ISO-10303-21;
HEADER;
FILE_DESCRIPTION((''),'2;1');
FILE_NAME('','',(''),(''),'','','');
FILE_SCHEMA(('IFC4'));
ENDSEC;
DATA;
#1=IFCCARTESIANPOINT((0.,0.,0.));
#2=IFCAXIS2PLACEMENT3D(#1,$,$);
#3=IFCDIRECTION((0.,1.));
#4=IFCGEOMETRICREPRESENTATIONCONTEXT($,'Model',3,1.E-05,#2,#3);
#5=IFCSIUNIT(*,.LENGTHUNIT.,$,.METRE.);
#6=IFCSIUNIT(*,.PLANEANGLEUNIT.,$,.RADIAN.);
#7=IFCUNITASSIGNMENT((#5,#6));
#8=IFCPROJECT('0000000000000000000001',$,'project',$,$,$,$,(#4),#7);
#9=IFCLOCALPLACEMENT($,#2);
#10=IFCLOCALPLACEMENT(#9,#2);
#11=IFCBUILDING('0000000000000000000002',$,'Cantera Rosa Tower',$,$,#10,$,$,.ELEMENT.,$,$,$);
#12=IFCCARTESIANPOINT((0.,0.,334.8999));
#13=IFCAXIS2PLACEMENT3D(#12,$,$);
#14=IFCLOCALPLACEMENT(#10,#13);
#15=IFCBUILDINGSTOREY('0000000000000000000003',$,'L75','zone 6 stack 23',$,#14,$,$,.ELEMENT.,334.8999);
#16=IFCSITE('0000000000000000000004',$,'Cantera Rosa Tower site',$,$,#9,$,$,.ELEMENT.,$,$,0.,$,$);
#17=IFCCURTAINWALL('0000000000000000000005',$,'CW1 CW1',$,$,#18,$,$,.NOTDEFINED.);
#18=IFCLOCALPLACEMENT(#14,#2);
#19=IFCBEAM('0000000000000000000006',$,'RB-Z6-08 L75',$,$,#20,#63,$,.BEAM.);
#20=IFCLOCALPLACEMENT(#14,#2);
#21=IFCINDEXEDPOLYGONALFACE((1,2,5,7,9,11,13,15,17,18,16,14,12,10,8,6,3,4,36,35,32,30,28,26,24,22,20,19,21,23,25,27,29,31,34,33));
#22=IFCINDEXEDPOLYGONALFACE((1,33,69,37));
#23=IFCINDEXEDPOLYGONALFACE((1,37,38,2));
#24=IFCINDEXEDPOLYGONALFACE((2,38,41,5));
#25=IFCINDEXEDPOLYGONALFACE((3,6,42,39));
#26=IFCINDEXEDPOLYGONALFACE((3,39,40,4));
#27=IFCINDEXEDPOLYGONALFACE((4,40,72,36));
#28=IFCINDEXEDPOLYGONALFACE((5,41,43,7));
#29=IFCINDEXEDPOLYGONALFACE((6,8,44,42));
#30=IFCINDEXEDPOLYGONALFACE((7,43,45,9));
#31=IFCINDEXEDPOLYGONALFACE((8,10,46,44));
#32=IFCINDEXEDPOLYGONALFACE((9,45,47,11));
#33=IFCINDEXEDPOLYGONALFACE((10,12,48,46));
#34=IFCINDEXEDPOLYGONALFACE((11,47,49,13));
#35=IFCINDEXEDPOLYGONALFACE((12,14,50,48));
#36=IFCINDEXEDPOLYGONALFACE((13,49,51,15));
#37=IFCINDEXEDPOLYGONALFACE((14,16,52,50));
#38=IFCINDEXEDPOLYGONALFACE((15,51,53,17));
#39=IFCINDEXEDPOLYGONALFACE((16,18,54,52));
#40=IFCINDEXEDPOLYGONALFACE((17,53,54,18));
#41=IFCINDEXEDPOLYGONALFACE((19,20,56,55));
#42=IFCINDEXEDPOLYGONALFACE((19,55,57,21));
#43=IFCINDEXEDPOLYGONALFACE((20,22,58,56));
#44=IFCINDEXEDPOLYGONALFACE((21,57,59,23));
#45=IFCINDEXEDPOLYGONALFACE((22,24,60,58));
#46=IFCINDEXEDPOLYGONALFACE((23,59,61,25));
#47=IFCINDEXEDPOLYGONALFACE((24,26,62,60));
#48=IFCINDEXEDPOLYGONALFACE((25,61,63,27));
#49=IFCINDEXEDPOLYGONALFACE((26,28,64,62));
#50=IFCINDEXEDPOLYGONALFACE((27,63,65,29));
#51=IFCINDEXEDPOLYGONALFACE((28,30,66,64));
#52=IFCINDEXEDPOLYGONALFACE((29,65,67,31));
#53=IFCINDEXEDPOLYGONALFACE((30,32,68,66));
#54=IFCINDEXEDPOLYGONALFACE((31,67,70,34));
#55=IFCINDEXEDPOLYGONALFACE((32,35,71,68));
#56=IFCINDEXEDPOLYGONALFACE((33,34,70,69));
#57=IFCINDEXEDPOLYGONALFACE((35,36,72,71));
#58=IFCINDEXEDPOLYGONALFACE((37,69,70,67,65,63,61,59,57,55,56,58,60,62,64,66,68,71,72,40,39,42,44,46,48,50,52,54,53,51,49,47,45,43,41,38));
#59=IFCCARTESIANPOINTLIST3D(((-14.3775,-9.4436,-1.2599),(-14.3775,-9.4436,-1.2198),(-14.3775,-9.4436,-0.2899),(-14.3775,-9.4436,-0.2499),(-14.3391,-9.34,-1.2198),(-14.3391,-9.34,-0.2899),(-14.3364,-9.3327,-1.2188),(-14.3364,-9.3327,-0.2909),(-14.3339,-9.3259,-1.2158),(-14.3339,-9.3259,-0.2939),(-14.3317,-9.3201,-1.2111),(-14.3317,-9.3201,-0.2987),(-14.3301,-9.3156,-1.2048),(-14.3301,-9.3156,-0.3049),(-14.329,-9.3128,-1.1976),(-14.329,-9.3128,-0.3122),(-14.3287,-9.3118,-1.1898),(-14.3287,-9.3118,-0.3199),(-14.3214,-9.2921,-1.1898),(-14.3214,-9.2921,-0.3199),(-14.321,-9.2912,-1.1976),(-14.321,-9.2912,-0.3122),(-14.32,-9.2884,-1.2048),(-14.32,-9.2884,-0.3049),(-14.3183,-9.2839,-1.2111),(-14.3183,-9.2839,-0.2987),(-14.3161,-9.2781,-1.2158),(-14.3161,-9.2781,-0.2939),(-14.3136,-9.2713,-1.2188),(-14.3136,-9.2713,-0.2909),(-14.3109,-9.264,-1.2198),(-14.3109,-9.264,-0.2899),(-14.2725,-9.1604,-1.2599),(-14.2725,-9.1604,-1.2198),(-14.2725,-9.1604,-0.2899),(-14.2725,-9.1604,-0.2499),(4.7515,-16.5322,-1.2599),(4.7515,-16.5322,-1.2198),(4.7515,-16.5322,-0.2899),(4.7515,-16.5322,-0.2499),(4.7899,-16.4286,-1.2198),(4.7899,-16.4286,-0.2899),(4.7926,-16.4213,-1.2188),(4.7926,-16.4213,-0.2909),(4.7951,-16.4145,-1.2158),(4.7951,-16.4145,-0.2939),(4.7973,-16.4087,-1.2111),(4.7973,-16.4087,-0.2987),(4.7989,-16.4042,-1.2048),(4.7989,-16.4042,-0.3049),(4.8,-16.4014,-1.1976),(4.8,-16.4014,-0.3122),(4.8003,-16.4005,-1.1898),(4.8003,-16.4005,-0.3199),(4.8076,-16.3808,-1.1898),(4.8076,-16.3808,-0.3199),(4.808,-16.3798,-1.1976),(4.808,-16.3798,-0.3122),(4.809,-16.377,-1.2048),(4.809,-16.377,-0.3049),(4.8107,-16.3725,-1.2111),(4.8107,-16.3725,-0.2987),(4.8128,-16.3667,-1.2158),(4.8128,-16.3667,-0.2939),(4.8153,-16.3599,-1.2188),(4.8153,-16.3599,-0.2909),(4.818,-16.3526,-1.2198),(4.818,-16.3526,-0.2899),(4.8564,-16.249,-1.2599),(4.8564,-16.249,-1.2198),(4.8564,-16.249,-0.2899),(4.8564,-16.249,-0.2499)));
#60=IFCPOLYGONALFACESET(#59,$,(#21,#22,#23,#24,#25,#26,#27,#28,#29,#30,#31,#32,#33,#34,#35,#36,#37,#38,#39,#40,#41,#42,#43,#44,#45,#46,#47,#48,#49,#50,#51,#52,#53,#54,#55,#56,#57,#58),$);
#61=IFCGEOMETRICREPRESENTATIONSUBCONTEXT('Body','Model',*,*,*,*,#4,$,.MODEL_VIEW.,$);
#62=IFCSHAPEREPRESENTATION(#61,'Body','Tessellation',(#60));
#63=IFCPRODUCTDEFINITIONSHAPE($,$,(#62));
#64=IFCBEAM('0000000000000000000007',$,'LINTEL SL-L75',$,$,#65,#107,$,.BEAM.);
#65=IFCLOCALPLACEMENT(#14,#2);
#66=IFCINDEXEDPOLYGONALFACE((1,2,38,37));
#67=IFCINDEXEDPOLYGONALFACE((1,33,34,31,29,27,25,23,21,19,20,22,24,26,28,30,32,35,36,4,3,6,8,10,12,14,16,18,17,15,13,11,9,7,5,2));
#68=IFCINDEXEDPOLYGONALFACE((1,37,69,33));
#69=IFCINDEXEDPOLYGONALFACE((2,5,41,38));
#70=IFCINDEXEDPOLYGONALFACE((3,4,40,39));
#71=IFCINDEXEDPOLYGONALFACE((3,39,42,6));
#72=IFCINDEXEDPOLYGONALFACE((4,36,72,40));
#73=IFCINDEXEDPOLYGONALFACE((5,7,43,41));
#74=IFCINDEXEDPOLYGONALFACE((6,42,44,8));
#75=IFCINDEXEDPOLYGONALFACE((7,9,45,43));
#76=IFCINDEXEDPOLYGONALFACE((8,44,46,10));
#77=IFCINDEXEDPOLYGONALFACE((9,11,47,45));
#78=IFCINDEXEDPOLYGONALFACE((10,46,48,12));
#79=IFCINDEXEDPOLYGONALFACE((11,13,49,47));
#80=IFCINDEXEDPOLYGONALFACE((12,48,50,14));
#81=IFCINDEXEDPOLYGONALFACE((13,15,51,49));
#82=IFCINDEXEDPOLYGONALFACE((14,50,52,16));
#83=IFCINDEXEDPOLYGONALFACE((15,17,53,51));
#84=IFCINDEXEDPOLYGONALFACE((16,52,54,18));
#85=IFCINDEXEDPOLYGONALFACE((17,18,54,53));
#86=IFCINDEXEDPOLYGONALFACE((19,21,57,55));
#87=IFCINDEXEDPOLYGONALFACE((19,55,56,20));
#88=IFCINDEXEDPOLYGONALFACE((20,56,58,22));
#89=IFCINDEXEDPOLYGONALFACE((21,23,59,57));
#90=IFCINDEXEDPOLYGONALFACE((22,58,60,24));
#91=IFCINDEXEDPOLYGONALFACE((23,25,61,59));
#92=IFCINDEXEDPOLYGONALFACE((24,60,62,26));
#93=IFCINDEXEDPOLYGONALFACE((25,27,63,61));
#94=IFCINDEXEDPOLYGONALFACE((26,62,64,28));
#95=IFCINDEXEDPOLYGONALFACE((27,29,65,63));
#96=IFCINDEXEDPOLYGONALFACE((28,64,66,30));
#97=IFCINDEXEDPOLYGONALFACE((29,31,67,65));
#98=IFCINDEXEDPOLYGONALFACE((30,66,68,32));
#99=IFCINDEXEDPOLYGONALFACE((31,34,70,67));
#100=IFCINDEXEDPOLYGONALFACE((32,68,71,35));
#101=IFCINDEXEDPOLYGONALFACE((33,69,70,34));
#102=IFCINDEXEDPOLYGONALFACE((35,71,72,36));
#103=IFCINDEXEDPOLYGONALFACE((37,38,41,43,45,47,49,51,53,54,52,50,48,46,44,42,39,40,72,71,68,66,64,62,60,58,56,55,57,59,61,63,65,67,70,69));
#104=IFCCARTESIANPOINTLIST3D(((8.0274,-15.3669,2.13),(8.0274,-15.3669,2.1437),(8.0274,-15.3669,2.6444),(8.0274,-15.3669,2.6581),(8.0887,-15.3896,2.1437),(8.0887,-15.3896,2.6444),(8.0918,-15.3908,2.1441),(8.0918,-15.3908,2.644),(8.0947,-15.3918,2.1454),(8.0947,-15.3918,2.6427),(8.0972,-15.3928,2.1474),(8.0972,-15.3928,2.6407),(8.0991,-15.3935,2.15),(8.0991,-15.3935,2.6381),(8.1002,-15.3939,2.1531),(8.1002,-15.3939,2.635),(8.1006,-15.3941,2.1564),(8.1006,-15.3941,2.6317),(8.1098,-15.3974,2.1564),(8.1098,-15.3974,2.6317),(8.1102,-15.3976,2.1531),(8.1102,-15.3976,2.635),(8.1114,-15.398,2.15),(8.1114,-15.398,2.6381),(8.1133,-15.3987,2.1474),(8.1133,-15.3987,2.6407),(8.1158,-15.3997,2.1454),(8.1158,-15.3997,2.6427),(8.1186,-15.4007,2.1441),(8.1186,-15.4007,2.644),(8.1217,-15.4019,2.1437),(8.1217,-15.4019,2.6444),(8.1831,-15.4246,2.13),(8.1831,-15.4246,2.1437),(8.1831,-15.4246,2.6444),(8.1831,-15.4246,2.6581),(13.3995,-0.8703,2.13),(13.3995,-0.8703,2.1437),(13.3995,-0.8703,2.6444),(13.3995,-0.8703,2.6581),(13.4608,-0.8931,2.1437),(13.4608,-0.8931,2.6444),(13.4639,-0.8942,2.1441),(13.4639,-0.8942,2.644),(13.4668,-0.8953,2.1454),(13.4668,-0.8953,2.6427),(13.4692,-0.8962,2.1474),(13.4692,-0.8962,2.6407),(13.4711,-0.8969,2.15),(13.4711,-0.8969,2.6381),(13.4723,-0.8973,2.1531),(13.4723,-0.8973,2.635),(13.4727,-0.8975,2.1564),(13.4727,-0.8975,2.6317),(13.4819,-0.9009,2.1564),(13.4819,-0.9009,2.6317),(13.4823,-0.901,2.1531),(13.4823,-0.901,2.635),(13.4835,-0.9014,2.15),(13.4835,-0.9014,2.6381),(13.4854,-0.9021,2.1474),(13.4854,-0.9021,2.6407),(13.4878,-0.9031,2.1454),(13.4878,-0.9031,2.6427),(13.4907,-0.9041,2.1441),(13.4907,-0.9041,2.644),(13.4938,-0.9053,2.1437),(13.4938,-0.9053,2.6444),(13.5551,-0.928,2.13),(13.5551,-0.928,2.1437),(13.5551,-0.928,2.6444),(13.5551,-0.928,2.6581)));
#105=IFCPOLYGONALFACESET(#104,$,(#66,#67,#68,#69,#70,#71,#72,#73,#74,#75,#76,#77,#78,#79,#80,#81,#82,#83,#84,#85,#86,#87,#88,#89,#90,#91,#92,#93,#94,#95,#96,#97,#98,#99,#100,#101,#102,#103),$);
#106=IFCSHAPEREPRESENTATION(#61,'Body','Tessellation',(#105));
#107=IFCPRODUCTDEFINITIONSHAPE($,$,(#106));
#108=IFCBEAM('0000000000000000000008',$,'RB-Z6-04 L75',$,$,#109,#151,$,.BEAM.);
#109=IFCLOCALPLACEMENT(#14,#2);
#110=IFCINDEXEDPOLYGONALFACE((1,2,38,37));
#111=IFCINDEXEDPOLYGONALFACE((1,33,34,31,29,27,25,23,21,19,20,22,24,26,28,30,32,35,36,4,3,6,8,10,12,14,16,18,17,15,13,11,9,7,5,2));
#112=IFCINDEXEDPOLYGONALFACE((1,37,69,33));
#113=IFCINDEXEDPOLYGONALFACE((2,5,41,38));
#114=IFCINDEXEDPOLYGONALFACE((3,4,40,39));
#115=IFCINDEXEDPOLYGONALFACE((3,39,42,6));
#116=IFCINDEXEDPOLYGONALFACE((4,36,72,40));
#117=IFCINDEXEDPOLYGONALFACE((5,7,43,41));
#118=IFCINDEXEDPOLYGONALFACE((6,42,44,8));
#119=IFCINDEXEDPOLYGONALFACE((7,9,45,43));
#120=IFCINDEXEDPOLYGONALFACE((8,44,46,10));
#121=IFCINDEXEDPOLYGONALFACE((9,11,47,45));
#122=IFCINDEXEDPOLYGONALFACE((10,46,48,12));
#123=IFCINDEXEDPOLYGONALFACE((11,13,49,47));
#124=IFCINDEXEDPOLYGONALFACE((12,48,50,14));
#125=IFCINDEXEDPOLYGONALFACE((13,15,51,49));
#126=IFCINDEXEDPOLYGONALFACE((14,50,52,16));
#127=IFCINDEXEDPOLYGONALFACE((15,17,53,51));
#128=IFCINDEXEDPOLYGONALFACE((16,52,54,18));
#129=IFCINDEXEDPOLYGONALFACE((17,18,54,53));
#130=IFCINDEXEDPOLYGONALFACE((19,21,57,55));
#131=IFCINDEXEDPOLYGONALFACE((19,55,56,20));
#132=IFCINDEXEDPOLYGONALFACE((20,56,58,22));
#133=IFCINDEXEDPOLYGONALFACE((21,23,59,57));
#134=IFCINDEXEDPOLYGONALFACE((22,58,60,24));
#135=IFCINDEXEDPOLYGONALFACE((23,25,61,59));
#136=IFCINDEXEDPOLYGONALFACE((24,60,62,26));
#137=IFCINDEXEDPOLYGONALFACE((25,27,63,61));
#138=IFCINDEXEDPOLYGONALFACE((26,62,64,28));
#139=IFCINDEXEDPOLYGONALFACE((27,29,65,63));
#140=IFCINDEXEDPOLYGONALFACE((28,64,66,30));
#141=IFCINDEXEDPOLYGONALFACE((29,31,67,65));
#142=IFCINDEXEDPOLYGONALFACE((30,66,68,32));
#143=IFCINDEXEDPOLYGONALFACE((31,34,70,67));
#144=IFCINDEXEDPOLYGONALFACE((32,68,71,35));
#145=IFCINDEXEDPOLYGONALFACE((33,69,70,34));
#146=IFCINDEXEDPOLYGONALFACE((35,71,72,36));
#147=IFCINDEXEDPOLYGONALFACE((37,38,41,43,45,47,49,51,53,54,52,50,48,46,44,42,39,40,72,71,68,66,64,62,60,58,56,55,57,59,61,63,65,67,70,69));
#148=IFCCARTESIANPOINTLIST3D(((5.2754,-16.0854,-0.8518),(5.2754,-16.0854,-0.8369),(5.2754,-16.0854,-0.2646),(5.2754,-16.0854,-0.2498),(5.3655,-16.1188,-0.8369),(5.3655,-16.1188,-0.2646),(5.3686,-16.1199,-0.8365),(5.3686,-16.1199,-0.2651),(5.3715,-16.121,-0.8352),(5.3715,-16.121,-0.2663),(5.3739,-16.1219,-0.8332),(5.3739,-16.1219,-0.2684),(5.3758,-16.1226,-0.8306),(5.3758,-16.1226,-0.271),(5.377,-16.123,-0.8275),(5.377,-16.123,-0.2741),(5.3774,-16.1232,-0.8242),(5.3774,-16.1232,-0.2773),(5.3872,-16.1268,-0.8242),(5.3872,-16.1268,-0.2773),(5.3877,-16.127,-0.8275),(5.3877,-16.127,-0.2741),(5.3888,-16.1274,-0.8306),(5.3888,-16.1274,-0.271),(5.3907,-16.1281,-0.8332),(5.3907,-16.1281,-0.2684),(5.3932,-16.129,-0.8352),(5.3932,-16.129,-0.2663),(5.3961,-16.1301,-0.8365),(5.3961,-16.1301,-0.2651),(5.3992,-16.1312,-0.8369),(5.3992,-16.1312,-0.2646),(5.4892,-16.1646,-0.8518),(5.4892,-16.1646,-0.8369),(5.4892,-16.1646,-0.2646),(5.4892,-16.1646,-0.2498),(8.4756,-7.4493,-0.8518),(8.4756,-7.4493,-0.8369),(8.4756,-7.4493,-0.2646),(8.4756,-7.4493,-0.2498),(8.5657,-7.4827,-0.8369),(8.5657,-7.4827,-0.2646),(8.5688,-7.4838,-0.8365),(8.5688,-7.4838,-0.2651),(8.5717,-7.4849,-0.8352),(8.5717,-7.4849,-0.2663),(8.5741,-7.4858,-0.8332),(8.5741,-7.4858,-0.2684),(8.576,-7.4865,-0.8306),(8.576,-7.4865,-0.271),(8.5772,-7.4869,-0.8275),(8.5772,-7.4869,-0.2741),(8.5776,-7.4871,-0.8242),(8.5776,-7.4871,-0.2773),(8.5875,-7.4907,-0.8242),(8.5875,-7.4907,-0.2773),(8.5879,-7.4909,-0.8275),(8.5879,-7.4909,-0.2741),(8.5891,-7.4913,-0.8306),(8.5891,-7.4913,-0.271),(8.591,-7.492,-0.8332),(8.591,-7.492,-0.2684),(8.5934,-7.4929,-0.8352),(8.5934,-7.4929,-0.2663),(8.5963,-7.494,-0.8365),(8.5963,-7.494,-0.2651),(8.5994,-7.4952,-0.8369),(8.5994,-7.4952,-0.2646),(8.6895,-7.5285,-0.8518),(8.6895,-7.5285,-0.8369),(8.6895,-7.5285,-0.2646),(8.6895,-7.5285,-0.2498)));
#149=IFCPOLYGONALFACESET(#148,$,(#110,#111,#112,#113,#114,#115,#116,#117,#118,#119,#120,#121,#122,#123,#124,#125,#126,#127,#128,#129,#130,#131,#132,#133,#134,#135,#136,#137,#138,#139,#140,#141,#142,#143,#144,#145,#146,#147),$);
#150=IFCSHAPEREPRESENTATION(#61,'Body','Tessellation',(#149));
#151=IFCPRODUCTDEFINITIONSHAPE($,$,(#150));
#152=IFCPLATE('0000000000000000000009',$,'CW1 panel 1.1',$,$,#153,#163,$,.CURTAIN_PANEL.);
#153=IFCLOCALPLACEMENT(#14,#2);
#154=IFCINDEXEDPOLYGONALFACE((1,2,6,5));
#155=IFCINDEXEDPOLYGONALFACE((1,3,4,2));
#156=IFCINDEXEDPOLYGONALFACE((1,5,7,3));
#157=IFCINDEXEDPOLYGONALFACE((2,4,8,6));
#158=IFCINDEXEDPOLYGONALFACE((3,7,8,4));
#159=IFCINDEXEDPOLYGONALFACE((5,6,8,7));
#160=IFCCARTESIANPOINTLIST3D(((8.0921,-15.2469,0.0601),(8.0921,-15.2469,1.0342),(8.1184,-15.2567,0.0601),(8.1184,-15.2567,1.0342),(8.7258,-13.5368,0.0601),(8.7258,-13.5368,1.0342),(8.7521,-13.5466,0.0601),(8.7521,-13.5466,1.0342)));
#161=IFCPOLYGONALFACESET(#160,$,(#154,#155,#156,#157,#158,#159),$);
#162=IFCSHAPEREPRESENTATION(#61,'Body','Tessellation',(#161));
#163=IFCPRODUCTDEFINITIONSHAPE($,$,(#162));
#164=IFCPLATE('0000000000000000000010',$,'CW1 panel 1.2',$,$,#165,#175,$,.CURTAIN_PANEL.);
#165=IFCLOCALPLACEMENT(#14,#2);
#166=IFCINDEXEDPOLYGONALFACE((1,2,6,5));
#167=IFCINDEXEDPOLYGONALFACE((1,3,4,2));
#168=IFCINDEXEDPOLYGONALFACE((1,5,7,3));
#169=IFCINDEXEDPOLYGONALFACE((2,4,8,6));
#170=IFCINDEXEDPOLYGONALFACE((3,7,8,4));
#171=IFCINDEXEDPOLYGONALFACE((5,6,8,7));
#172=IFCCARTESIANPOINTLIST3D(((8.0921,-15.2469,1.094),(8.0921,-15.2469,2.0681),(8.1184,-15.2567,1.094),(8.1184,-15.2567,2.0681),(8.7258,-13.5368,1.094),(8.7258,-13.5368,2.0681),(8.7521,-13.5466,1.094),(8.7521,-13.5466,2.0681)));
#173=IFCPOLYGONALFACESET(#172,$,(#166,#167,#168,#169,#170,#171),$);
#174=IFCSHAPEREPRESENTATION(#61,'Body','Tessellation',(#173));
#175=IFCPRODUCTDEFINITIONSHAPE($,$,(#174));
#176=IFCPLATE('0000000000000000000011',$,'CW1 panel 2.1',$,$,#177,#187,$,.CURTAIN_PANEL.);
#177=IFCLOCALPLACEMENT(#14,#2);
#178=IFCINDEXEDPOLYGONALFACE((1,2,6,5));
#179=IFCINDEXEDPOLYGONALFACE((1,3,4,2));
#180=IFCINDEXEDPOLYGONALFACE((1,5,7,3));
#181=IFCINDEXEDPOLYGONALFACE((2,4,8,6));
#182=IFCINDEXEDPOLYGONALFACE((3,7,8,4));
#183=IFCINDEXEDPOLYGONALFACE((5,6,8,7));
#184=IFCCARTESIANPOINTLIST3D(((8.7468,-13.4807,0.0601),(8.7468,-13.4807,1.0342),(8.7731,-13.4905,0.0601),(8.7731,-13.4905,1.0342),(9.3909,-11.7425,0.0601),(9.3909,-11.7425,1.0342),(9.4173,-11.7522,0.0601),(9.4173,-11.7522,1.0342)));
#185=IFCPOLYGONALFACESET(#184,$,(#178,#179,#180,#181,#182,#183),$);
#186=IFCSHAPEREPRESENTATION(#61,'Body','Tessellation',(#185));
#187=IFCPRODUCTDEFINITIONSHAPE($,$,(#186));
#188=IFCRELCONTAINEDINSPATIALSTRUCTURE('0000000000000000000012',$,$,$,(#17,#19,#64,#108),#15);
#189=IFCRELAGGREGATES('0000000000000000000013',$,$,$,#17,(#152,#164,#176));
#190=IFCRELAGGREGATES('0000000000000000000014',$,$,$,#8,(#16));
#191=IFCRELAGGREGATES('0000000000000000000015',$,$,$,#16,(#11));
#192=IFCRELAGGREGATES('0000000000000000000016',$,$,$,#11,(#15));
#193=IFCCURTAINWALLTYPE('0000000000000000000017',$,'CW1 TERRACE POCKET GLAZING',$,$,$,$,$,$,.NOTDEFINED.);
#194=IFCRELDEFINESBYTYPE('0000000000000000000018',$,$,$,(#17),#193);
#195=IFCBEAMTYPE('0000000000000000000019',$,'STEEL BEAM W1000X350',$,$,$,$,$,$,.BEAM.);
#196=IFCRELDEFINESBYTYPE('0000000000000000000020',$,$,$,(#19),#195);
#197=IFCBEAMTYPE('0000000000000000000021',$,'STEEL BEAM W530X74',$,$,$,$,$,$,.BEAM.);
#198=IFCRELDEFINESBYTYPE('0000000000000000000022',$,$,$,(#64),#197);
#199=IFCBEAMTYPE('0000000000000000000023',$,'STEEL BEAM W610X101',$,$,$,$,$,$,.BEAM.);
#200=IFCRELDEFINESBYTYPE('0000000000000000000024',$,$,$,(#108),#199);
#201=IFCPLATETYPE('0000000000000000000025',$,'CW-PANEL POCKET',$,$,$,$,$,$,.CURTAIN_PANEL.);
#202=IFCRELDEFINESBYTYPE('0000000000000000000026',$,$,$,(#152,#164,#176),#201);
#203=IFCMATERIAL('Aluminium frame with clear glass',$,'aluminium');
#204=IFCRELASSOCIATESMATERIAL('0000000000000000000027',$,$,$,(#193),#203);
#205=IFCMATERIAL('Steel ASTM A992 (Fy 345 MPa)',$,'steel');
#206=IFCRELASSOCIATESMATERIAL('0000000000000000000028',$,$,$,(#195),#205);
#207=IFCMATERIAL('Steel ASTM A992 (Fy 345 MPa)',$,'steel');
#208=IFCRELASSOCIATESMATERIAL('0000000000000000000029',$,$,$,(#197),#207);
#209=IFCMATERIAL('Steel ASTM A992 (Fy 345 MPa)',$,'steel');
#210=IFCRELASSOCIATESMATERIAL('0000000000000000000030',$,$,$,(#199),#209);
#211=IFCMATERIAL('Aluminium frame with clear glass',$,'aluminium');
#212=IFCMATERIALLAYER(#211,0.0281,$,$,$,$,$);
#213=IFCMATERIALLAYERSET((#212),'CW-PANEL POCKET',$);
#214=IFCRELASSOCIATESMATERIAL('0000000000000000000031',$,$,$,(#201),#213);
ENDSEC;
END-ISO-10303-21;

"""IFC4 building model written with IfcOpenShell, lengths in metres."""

from ifc_helpers import new_model, si_unit, direction, frame, origin, origin_2d, place, context, subcontext, project, spatial, rectangle, i_section, extrude, material, layer, layer_set, material_profile, profile_set, type_object, element, aggregate, save


model = new_model("IFC4")

# Units and contexts
model_context = context("Model", 3, precision=1e-05, world=origin(), true_north=direction((0.0, 1.0)))
body_context = subcontext(model_context, "Body", "Model", "MODEL_VIEW")
ifc_project = project(units=[si_unit("LENGTHUNIT", "METRE"), si_unit("PLANEANGLEUNIT", "RADIAN")], contexts=[model_context])

# Site, building, storey
site_placement = place(None, origin())
site = spatial("IfcSite", under=ifc_project, at=site_placement, Name="Cantera Rosa Tower site", CompositionType="ELEMENT", RefElevation=0.0)
building_placement = place(site_placement, origin())
building = spatial("IfcBuilding", under=site, at=building_placement, Name="Cantera Rosa Tower", CompositionType="ELEMENT")
storey_placement = place(building_placement, frame((0.0, 0.0, 334.8999)))
storey = spatial("IfcBuildingStorey", under=building, at=storey_placement, Name="L75", Description="zone 6 stack 23", CompositionType="ELEMENT", Elevation=334.8999)

# Curtain wall
ifc_material_1 = material(Name="Aluminium frame with clear glass", Category="aluminium")
curtain_wall_type = type_object("IfcCurtainWallType", Name="CW1 TERRACE POCKET GLAZING", PredefinedType="NOTDEFINED", material=ifc_material_1)
curtain_wall_placement = place(storey_placement, origin())
curtain_wall = element("IfcCurtainWall", 1, at=curtain_wall_placement, inside=storey, type_object=curtain_wall_type, Name="CW1 CW1", PredefinedType="NOTDEFINED")

# Beams
ifc_material_2 = material(Name="Steel ASTM A992 (Fy 345 MPa)", Category="steel")
ifc_material_profile_1 = material_profile(ifc_material_2, i_section(OverallWidth=0.302, OverallDepth=1.01, WebThickness=0.021, FlangeThickness=0.04, FilletRadius=0.03, at=origin_2d()), Name="W1000X350")
ifc_profile_set_1 = profile_set([ifc_material_profile_1], Name="Steel ASTM A992 (Fy 345 MPa)")
beam_type_1 = type_object("IfcBeamType", Name="STEEL BEAM W1000X350", PredefinedType="BEAM", material=ifc_profile_set_1)
beam_1_placement = place(storey_placement, frame((4.804, -16.3906, -0.7549), z_axis=(-0.937687, 0.34748, 0.0), x_axis=(-0.34748, -0.937687, 0.0)))
element("IfcBeam", 2, at=beam_1_placement, inside=storey, type_object=beam_type_1, Name="RB-Z6-08 L75", PredefinedType="BEAM", context=body_context, shape_type="SweptSolid", body=[
    extrude(i_section(OverallWidth=0.302, OverallDepth=1.01, WebThickness=0.021, FlangeThickness=0.04, FilletRadius=0.03, at=origin_2d()), origin(), (0.0, 0.0, 1.0), 20.4001),
])
ifc_material_3 = material(Name="Steel ASTM A992 (Fy 345 MPa)", Category="steel")
ifc_material_profile_2 = material_profile(ifc_material_3, i_section(OverallWidth=0.166, OverallDepth=0.5281, WebThickness=0.0098, FlangeThickness=0.0137, FilletRadius=0.0127, at=origin_2d()), Name="W530X74")
ifc_profile_set_2 = profile_set([ifc_material_profile_2], Name="Steel ASTM A992 (Fy 345 MPa)")
beam_type_2 = type_object("IfcBeamType", Name="STEEL BEAM W530X74", PredefinedType="BEAM", material=ifc_profile_set_2)
beam_2_placement = place(storey_placement, frame((8.1052, -15.3958, 2.394), z_axis=(0.347483, 0.937686, 0.0), x_axis=(-0.937686, 0.347483, 0.0)))
element("IfcBeam", 3, at=beam_2_placement, inside=storey, type_object=beam_type_2, Name="LINTEL SL-L75", PredefinedType="BEAM", context=body_context, shape_type="SweptSolid", body=[
    extrude(i_section(OverallWidth=0.166, OverallDepth=0.5281, WebThickness=0.0098, FlangeThickness=0.0137, FilletRadius=0.0127, at=origin_2d()), origin(), (0.0, 0.0, 1.0), 15.46),
])
ifc_material_4 = material(Name="Steel ASTM A992 (Fy 345 MPa)", Category="steel")
ifc_material_profile_3 = material_profile(ifc_material_4, i_section(OverallWidth=0.228, OverallDepth=0.6021, WebThickness=0.0105, FlangeThickness=0.0149, FilletRadius=0.0127, at=origin_2d()), Name="W610X101")
ifc_profile_set_3 = profile_set([ifc_material_profile_3], Name="Steel ASTM A992 (Fy 345 MPa)")
beam_type_3 = type_object("IfcBeamType", Name="STEEL BEAM W610X101", PredefinedType="BEAM", material=ifc_profile_set_3)
beam_3_placement = place(storey_placement, frame((5.3823, -16.125, -0.5508), z_axis=(0.347475, 0.937689, 0.0), x_axis=(-0.937689, 0.347475, 0.0)))
element("IfcBeam", 4, at=beam_3_placement, inside=storey, type_object=beam_type_3, Name="RB-Z6-04 L75", PredefinedType="BEAM", context=body_context, shape_type="SweptSolid", body=[
    extrude(i_section(OverallWidth=0.228, OverallDepth=0.6021, WebThickness=0.0105, FlangeThickness=0.0149, FilletRadius=0.0127, at=origin_2d()), origin(), (0.0, 0.0, 1.0), 9.21),
])

# Plates
ifc_material_5 = material(Name="Aluminium frame with clear glass", Category="aluminium")
ifc_layer_1 = layer(ifc_material_5, 0.0281)
ifc_layer_set_1 = layer_set([ifc_layer_1], Name="CW-PANEL POCKET")
plate_type = type_object("IfcPlateType", Name="CW-PANEL POCKET", PredefinedType="CURTAIN_PANEL", material=ifc_layer_set_1)
plate_1_placement = place(storey_placement, frame((8.4221, -14.3967, 0.0601), z_axis=(0.0, 0.0, 1.0), x_axis=(0.347481, 0.937687, 0.0)))
plate_1 = element("IfcPlate", 5, at=plate_1_placement, type_object=plate_type, Name="CW1 panel 1.1", PredefinedType="CURTAIN_PANEL", context=body_context, shape_type="SweptSolid", body=[
    extrude(rectangle(XDim=1.8237, YDim=0.0281, at=origin_2d()), origin(), (0.0, 0.0, 1.0), 0.9741),
])
plate_2_placement = place(storey_placement, frame((8.4221, -14.3967, 1.094), z_axis=(0.0, 0.0, 1.0), x_axis=(0.347481, 0.937687, 0.0)))
plate_2 = element("IfcPlate", 6, at=plate_2_placement, type_object=plate_type, Name="CW1 panel 1.2", PredefinedType="CURTAIN_PANEL", context=body_context, shape_type="SweptSolid", body=[
    extrude(rectangle(XDim=1.8237, YDim=0.0281, at=origin_2d()), origin(), (0.0, 0.0, 1.0), 0.9741),
])
plate_3_placement = place(storey_placement, frame((9.082, -12.6165, 0.0601), z_axis=(0.0, 0.0, 1.0), x_axis=(0.347481, 0.937687, 0.0)))
plate_3 = element("IfcPlate", 7, at=plate_3_placement, type_object=plate_type, Name="CW1 panel 2.1", PredefinedType="CURTAIN_PANEL", context=body_context, shape_type="SweptSolid", body=[
    extrude(rectangle(XDim=1.8538, YDim=0.0281, at=origin_2d()), origin(), (0.0, 0.0, 1.0), 0.9741),
])
aggregate(curtain_wall, [plate_1, plate_2, plate_3])

save(model, "model.ifc")
